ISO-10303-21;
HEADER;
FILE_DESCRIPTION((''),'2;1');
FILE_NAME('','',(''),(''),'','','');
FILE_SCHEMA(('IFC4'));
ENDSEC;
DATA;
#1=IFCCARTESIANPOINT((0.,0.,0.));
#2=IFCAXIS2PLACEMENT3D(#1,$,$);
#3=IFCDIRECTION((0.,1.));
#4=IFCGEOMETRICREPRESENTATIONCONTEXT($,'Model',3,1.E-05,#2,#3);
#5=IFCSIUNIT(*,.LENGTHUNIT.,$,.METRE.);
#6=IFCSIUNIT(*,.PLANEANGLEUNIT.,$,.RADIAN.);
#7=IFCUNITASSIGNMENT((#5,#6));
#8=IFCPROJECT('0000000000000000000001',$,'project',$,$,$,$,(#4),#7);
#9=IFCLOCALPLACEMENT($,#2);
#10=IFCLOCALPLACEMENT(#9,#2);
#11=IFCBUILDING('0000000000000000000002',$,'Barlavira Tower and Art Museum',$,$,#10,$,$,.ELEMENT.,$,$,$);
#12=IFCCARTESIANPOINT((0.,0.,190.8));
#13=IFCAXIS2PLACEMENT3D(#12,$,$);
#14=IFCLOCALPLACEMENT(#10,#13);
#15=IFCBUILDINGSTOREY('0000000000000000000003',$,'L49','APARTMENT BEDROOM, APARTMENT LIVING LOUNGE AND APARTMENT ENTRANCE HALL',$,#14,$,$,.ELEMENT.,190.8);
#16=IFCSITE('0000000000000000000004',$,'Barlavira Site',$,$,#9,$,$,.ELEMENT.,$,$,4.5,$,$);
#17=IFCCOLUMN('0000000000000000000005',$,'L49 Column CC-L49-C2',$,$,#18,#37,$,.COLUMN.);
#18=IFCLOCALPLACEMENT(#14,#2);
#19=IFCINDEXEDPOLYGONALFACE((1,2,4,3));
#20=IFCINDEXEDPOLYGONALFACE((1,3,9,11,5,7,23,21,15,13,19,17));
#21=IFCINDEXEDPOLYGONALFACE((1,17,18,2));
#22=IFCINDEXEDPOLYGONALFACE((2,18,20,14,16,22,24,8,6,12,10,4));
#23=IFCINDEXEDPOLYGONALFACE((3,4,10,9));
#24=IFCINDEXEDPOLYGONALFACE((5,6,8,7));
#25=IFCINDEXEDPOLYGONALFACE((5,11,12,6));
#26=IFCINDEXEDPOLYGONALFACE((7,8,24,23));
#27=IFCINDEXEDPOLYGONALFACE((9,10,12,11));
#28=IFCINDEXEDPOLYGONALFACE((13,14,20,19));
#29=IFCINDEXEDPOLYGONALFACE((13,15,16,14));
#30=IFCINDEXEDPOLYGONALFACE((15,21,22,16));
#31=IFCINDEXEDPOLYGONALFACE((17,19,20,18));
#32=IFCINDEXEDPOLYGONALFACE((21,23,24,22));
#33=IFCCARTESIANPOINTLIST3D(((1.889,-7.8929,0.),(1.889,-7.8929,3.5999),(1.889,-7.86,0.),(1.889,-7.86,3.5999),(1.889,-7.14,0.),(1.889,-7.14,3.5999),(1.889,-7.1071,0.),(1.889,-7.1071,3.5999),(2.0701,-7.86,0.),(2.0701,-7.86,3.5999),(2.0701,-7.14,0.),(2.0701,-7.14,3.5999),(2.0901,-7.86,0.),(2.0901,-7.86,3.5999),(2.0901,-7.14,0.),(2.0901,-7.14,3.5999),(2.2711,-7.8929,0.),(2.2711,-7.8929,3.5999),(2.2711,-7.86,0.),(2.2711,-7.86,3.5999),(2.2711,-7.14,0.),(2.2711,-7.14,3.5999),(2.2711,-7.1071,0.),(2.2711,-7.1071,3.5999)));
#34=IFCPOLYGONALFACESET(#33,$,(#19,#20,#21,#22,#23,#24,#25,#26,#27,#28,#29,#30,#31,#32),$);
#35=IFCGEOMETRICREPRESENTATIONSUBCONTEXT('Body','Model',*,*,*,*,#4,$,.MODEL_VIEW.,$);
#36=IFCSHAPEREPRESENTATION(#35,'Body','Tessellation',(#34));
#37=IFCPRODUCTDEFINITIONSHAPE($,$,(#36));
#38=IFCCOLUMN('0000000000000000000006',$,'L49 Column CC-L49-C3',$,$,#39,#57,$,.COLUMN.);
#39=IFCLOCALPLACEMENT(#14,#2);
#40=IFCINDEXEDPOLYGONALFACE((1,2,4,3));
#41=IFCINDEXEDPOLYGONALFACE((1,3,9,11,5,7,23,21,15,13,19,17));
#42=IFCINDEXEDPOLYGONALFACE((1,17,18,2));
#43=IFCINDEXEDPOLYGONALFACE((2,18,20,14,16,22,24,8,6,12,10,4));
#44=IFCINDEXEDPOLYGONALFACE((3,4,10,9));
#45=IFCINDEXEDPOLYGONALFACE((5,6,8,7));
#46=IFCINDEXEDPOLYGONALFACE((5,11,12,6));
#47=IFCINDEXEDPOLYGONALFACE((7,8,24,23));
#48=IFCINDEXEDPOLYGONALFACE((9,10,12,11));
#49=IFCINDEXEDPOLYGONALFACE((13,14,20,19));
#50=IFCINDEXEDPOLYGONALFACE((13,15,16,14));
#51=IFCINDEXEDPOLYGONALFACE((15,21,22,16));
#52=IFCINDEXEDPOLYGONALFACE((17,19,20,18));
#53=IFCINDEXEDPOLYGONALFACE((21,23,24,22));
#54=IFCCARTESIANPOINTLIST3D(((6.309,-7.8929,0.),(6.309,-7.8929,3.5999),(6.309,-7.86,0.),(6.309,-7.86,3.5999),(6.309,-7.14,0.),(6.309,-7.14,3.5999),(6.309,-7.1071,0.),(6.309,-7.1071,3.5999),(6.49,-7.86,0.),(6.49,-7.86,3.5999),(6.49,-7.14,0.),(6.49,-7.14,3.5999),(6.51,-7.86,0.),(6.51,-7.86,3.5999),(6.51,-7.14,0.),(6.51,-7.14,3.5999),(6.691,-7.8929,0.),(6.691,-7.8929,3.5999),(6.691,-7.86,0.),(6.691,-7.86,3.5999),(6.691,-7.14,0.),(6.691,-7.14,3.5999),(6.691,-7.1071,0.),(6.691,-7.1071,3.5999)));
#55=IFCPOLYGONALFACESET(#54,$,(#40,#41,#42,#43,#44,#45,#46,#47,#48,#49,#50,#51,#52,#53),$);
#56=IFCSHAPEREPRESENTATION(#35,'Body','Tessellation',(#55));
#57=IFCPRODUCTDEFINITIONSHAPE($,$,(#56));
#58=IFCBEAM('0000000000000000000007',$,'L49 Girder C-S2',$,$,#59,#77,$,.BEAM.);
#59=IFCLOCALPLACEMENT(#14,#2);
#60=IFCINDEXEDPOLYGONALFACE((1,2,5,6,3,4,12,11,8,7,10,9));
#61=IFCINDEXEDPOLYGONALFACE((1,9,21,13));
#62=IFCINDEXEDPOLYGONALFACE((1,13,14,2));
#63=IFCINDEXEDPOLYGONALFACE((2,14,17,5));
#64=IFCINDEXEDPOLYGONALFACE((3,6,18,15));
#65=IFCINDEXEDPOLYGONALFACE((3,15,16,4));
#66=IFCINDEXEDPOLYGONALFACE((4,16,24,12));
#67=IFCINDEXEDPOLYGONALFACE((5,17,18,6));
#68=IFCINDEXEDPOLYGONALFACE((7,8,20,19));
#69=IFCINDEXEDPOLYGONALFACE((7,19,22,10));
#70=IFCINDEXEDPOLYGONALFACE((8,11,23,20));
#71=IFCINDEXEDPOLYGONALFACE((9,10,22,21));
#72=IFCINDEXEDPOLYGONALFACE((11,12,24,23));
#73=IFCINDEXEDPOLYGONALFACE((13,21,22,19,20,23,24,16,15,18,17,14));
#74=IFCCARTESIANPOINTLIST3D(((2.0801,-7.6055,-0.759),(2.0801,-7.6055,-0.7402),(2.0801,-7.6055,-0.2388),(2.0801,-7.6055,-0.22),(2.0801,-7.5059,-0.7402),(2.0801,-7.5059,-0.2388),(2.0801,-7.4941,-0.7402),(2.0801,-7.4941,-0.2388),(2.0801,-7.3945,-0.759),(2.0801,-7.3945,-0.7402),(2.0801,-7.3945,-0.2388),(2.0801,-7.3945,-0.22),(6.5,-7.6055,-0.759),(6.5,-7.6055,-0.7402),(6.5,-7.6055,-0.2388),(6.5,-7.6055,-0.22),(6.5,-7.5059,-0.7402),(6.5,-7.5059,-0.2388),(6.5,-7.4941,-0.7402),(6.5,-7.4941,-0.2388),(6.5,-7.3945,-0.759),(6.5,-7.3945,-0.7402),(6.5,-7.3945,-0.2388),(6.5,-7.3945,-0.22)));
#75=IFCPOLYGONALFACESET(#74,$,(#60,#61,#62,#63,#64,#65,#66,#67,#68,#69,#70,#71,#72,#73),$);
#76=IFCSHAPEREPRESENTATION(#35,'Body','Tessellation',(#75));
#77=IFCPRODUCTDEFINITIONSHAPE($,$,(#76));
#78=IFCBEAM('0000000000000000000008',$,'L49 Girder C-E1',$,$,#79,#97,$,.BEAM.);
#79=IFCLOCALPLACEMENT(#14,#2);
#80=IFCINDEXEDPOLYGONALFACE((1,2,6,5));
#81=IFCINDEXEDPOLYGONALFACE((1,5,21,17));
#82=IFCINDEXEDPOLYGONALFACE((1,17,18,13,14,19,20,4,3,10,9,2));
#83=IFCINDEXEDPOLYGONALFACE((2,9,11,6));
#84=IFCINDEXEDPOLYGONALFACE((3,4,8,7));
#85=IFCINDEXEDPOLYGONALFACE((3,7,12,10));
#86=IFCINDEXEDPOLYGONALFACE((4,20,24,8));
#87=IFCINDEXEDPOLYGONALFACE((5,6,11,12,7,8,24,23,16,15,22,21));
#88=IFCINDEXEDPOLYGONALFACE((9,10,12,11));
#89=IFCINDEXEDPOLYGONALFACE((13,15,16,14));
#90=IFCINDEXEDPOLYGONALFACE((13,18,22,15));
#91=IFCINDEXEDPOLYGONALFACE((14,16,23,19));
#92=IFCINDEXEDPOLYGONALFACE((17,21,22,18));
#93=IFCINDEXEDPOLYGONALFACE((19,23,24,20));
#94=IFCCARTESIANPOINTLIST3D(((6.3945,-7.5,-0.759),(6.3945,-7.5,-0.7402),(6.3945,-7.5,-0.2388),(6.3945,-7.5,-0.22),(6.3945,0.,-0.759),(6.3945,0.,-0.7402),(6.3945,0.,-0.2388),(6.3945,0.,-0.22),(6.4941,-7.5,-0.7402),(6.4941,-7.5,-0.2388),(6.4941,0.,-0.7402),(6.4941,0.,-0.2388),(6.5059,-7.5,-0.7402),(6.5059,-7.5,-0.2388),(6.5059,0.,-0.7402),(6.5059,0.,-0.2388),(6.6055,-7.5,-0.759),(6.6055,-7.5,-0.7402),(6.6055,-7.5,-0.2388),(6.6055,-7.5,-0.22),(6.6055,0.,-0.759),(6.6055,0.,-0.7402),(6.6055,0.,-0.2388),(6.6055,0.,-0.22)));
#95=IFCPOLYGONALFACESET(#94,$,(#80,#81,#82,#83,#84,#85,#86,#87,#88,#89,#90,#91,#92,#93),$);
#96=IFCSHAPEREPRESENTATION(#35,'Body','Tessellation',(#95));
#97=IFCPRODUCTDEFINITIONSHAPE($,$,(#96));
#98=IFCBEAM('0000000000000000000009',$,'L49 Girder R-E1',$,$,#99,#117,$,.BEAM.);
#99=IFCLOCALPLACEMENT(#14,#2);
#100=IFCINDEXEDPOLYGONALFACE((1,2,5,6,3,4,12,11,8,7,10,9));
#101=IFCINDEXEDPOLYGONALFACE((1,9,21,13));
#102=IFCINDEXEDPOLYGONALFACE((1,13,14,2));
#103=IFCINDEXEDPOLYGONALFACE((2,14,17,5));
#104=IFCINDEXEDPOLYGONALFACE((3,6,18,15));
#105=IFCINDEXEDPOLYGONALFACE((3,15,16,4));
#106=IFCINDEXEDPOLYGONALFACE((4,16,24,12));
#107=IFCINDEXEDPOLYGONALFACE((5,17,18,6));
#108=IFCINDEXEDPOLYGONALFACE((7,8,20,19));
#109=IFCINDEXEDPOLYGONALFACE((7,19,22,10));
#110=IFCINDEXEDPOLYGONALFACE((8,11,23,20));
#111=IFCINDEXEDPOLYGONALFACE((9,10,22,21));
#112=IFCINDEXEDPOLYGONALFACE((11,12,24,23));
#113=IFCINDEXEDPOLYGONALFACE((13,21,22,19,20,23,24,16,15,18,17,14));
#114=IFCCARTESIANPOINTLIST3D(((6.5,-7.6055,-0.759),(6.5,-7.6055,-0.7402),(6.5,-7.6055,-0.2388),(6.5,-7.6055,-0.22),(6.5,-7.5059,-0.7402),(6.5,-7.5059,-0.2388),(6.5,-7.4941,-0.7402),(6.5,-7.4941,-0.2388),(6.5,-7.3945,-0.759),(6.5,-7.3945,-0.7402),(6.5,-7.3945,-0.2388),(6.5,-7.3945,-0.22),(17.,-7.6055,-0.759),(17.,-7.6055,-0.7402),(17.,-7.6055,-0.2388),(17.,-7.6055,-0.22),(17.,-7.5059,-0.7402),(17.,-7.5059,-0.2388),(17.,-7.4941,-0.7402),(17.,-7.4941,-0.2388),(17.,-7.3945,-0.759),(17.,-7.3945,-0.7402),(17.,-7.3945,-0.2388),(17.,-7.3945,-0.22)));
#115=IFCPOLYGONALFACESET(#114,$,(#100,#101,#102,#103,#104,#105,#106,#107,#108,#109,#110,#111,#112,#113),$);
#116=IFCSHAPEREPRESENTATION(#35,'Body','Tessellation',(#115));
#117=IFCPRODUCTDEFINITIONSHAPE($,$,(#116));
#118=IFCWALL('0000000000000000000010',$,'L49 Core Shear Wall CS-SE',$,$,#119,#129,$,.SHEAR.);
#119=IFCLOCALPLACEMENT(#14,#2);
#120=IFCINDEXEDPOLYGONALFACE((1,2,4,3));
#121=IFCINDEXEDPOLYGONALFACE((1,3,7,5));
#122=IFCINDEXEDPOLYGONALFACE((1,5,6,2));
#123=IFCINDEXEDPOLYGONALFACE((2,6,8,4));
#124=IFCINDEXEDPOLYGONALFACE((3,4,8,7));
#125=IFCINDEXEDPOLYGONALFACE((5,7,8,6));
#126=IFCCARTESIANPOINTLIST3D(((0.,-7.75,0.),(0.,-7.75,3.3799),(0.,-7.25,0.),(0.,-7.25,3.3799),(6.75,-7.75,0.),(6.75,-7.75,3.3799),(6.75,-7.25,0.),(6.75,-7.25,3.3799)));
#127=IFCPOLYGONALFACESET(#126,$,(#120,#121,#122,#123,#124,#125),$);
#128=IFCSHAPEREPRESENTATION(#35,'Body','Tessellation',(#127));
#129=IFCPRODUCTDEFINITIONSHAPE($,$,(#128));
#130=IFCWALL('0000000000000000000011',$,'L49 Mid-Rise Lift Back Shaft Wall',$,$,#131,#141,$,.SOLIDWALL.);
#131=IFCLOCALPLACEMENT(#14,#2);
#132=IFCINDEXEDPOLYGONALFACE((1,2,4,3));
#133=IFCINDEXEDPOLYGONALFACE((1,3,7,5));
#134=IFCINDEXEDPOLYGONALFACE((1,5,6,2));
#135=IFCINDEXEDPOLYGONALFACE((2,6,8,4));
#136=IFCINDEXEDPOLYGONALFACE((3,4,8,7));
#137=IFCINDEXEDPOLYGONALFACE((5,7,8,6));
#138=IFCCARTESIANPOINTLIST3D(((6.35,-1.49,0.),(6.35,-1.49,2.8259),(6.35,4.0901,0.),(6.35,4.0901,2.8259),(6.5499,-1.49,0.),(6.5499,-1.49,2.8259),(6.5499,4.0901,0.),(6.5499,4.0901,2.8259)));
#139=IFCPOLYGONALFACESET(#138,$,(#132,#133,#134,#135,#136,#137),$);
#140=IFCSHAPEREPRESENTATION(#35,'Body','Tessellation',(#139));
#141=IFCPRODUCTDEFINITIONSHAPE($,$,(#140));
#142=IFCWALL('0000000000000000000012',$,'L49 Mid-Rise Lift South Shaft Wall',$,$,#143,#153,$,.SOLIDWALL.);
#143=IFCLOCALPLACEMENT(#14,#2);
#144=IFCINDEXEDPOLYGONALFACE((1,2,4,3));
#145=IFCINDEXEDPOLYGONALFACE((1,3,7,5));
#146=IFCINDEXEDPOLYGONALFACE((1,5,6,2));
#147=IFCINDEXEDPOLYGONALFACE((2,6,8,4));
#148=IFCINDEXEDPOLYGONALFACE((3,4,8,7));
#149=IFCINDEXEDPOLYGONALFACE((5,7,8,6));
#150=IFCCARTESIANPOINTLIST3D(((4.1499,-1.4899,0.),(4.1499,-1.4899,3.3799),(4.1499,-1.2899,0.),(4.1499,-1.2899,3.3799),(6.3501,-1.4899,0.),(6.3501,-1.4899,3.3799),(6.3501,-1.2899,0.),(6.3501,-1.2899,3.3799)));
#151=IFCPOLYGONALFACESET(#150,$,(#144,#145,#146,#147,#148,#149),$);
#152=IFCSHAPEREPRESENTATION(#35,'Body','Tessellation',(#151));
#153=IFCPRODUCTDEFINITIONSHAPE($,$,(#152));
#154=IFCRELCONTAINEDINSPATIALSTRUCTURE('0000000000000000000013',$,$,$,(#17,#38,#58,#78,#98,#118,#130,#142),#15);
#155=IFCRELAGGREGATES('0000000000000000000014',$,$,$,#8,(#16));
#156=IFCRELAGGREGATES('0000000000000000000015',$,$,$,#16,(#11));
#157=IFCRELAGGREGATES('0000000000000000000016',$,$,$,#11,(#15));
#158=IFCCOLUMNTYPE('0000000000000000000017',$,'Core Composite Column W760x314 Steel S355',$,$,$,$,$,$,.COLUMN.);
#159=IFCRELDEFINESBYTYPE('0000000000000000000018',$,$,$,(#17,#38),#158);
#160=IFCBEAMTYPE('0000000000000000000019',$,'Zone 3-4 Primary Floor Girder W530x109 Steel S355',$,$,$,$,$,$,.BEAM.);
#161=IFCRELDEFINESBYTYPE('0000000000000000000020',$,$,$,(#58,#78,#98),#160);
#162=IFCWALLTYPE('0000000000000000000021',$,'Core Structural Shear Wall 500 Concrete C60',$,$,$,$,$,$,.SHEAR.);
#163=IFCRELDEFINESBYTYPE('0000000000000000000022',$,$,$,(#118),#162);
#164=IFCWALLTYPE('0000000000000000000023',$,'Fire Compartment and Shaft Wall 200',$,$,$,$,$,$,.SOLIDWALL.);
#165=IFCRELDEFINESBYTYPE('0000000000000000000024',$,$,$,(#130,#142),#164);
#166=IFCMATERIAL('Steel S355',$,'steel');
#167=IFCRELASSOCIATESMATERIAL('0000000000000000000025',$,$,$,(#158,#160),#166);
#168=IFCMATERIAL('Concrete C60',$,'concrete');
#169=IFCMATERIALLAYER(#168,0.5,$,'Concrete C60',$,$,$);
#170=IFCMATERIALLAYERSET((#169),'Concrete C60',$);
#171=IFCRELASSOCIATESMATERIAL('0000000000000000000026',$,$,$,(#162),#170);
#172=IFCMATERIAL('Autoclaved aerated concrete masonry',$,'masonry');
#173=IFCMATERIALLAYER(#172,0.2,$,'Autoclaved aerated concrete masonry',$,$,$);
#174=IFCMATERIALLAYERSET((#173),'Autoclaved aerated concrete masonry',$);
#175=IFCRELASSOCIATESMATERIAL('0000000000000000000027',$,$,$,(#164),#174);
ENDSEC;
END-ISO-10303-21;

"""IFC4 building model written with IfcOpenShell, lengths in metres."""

from ifc_helpers import new_model, si_unit, direction, frame, frame_2d, origin, origin_2d, place, context, subcontext, project, spatial, rectangle, i_section, extrude, material, layer, layer_set, material_profile, profile_set, type_object, element, save


model = new_model("IFC4")

# Units and contexts
model_context = context("Model", 3, precision=1e-05, world=origin(), true_north=direction((0.0, 1.0)))
body_context = subcontext(model_context, "Body", "Model", "MODEL_VIEW")
ifc_project = project(units=[si_unit("LENGTHUNIT", "METRE"), si_unit("PLANEANGLEUNIT", "RADIAN")], contexts=[model_context])

# Site, building, storey
site_placement = place(None, origin())
site = spatial("IfcSite", under=ifc_project, at=site_placement, Name="Barlavira Site", CompositionType="ELEMENT", RefElevation=4.5)
building_placement = place(site_placement, origin())
building = spatial("IfcBuilding", under=site, at=building_placement, Name="Barlavira Tower and Art Museum", CompositionType="ELEMENT")
storey_placement = place(building_placement, frame((0.0, 0.0, 190.8)))
storey = spatial("IfcBuildingStorey", under=building, at=storey_placement, Name="L49", Description="APARTMENT BEDROOM, APARTMENT LIVING LOUNGE AND APARTMENT ENTRANCE HALL", CompositionType="ELEMENT", Elevation=190.8)

# Columns
ifc_material_1 = material(Name="Steel S355", Category="steel")
ifc_material_profile_1 = material_profile(ifc_material_1, i_section(OverallWidth=0.3821, OverallDepth=0.7859, WebThickness=0.02, FlangeThickness=0.033, at=origin_2d()), Name="W760x314.0")
ifc_profile_set_1 = profile_set([ifc_material_profile_1], Name="Steel S355")
column_type = type_object("IfcColumnType", Name="Core Composite Column W760x314 Steel S355", PredefinedType="COLUMN", material=ifc_profile_set_1)
for number, where, z_axis, x_axis, name in (
    (1, (2.0801, -7.5, 0.0), (0.0, 0.0, 1.0), (1.0, 0.0, 0.0), "L49 Column CC-L49-C2"),
    (2, (6.5, -7.5, 0.0), (0.0, 0.0, 1.0), (1.0, 0.0, 0.0), "L49 Column CC-L49-C3"),
):
    element("IfcColumn", number, at=place(storey_placement, frame(where, z_axis=z_axis, x_axis=x_axis)), inside=storey, type_object=column_type, Name=name, PredefinedType="COLUMN", context=body_context, shape_type="SweptSolid", body=[
        extrude(i_section(OverallWidth=0.3821, OverallDepth=0.7859, WebThickness=0.02, FlangeThickness=0.033, at=origin_2d()), origin(), (0.0, 0.0, 1.0), 3.5999),
    ])

# Beams
ifc_material_profile_2 = material_profile(ifc_material_1, i_section(OverallWidth=0.2109, OverallDepth=0.5391, WebThickness=0.0117, FlangeThickness=0.0188, at=origin_2d()), Name="W530x109.0")
ifc_profile_set_2 = profile_set([ifc_material_profile_2], Name="Steel S355")
beam_type = type_object("IfcBeamType", Name="Zone 3-4 Primary Floor Girder W530x109 Steel S355", PredefinedType="BEAM", material=ifc_profile_set_2)
beam_1_placement = place(storey_placement, frame((2.0801, -7.5, -0.4895), z_axis=(1.0, 0.0, 0.0), x_axis=(0.0, 1.0, 0.0)))
element("IfcBeam", 3, at=beam_1_placement, inside=storey, type_object=beam_type, Name="L49 Girder C-S2", PredefinedType="BEAM", context=body_context, shape_type="SweptSolid", body=[
    extrude(i_section(OverallWidth=0.2109, OverallDepth=0.5391, WebThickness=0.0117, FlangeThickness=0.0188, at=origin_2d()), origin(), (0.0, 0.0, 1.0), 4.4199),
])
beam_2_placement = place(storey_placement, frame((6.5, -7.5, -0.4895), z_axis=(0.0, 1.0, 0.0), x_axis=(-1.0, 0.0, 0.0)))
element("IfcBeam", 4, at=beam_2_placement, inside=storey, type_object=beam_type, Name="L49 Girder C-E1", PredefinedType="BEAM", context=body_context, shape_type="SweptSolid", body=[
    extrude(i_section(OverallWidth=0.2109, OverallDepth=0.5391, WebThickness=0.0117, FlangeThickness=0.0188, at=origin_2d()), origin(), (0.0, 0.0, 1.0), 7.5),
])
beam_3_placement = place(storey_placement, frame((6.5, -7.5, -0.4895), z_axis=(1.0, 0.0, 0.0), x_axis=(0.0, 1.0, 0.0)))
element("IfcBeam", 5, at=beam_3_placement, inside=storey, type_object=beam_type, Name="L49 Girder R-E1", PredefinedType="BEAM", context=body_context, shape_type="SweptSolid", body=[
    extrude(i_section(OverallWidth=0.2109, OverallDepth=0.5391, WebThickness=0.0117, FlangeThickness=0.0188, at=origin_2d()), origin(), (0.0, 0.0, 1.0), 10.5),
])

# Wall
ifc_material_2 = material(Name="Concrete C60", Category="concrete")
ifc_layer_1 = layer(ifc_material_2, 0.5, Name="Concrete C60")
ifc_layer_set_1 = layer_set([ifc_layer_1], Name="Concrete C60")
wall_type_1 = type_object("IfcWallType", Name="Core Structural Shear Wall 500 Concrete C60", PredefinedType="SHEAR", material=ifc_layer_set_1)
wall_1_placement = place(storey_placement, frame((0.0, -7.5, 0.0), z_axis=(0.0, 0.0, 1.0), x_axis=(1.0, 0.0, 0.0)))
element("IfcWall", 6, at=wall_1_placement, inside=storey, type_object=wall_type_1, Name="L49 Core Shear Wall CS-SE", PredefinedType="SHEAR", context=body_context, shape_type="SweptSolid", body=[
    extrude(rectangle(XDim=6.75, YDim=0.5, at=frame_2d((3.375, 0.0))), origin(), (0.0, 0.0, 1.0), 3.3799),
])

# Shared definitions
ifc_material_3 = material(Name="Autoclaved aerated concrete masonry", Category="masonry")
ifc_layer_2 = layer(ifc_material_3, 0.2, Name="Autoclaved aerated concrete masonry")
ifc_layer_set_2 = layer_set([ifc_layer_2], Name="Autoclaved aerated concrete masonry")
wall_type_2 = type_object("IfcWallType", Name="Fire Compartment and Shaft Wall 200", PredefinedType="SOLIDWALL", material=ifc_layer_set_2)

# Walls
wall_2_placement = place(storey_placement, frame((6.45, -1.49, 0.0), z_axis=(0.0, 0.0, 1.0), x_axis=(0.0, 1.0, 0.0)))
element("IfcWall", 7, at=wall_2_placement, inside=storey, type_object=wall_type_2, Name="L49 Mid-Rise Lift Back Shaft Wall", PredefinedType="SOLIDWALL", context=body_context, shape_type="SweptSolid", body=[
    extrude(rectangle(XDim=5.5801, YDim=0.2, at=frame_2d((2.79, 0.0))), origin(), (0.0, 0.0, 1.0), 2.8259),
])
wall_3_placement = place(storey_placement, frame((4.1499, -1.3899, 0.0), z_axis=(0.0, 0.0, 1.0), x_axis=(1.0, 0.0, 0.0)))
element("IfcWall", 8, at=wall_3_placement, inside=storey, type_object=wall_type_2, Name="L49 Mid-Rise Lift South Shaft Wall", PredefinedType="SOLIDWALL", context=body_context, shape_type="SweptSolid", body=[
    extrude(rectangle(XDim=2.2002, YDim=0.2, at=frame_2d((1.1001, 0.0))), origin(), (0.0, 0.0, 1.0), 3.3799),
])

save(model, "model.ifc")
